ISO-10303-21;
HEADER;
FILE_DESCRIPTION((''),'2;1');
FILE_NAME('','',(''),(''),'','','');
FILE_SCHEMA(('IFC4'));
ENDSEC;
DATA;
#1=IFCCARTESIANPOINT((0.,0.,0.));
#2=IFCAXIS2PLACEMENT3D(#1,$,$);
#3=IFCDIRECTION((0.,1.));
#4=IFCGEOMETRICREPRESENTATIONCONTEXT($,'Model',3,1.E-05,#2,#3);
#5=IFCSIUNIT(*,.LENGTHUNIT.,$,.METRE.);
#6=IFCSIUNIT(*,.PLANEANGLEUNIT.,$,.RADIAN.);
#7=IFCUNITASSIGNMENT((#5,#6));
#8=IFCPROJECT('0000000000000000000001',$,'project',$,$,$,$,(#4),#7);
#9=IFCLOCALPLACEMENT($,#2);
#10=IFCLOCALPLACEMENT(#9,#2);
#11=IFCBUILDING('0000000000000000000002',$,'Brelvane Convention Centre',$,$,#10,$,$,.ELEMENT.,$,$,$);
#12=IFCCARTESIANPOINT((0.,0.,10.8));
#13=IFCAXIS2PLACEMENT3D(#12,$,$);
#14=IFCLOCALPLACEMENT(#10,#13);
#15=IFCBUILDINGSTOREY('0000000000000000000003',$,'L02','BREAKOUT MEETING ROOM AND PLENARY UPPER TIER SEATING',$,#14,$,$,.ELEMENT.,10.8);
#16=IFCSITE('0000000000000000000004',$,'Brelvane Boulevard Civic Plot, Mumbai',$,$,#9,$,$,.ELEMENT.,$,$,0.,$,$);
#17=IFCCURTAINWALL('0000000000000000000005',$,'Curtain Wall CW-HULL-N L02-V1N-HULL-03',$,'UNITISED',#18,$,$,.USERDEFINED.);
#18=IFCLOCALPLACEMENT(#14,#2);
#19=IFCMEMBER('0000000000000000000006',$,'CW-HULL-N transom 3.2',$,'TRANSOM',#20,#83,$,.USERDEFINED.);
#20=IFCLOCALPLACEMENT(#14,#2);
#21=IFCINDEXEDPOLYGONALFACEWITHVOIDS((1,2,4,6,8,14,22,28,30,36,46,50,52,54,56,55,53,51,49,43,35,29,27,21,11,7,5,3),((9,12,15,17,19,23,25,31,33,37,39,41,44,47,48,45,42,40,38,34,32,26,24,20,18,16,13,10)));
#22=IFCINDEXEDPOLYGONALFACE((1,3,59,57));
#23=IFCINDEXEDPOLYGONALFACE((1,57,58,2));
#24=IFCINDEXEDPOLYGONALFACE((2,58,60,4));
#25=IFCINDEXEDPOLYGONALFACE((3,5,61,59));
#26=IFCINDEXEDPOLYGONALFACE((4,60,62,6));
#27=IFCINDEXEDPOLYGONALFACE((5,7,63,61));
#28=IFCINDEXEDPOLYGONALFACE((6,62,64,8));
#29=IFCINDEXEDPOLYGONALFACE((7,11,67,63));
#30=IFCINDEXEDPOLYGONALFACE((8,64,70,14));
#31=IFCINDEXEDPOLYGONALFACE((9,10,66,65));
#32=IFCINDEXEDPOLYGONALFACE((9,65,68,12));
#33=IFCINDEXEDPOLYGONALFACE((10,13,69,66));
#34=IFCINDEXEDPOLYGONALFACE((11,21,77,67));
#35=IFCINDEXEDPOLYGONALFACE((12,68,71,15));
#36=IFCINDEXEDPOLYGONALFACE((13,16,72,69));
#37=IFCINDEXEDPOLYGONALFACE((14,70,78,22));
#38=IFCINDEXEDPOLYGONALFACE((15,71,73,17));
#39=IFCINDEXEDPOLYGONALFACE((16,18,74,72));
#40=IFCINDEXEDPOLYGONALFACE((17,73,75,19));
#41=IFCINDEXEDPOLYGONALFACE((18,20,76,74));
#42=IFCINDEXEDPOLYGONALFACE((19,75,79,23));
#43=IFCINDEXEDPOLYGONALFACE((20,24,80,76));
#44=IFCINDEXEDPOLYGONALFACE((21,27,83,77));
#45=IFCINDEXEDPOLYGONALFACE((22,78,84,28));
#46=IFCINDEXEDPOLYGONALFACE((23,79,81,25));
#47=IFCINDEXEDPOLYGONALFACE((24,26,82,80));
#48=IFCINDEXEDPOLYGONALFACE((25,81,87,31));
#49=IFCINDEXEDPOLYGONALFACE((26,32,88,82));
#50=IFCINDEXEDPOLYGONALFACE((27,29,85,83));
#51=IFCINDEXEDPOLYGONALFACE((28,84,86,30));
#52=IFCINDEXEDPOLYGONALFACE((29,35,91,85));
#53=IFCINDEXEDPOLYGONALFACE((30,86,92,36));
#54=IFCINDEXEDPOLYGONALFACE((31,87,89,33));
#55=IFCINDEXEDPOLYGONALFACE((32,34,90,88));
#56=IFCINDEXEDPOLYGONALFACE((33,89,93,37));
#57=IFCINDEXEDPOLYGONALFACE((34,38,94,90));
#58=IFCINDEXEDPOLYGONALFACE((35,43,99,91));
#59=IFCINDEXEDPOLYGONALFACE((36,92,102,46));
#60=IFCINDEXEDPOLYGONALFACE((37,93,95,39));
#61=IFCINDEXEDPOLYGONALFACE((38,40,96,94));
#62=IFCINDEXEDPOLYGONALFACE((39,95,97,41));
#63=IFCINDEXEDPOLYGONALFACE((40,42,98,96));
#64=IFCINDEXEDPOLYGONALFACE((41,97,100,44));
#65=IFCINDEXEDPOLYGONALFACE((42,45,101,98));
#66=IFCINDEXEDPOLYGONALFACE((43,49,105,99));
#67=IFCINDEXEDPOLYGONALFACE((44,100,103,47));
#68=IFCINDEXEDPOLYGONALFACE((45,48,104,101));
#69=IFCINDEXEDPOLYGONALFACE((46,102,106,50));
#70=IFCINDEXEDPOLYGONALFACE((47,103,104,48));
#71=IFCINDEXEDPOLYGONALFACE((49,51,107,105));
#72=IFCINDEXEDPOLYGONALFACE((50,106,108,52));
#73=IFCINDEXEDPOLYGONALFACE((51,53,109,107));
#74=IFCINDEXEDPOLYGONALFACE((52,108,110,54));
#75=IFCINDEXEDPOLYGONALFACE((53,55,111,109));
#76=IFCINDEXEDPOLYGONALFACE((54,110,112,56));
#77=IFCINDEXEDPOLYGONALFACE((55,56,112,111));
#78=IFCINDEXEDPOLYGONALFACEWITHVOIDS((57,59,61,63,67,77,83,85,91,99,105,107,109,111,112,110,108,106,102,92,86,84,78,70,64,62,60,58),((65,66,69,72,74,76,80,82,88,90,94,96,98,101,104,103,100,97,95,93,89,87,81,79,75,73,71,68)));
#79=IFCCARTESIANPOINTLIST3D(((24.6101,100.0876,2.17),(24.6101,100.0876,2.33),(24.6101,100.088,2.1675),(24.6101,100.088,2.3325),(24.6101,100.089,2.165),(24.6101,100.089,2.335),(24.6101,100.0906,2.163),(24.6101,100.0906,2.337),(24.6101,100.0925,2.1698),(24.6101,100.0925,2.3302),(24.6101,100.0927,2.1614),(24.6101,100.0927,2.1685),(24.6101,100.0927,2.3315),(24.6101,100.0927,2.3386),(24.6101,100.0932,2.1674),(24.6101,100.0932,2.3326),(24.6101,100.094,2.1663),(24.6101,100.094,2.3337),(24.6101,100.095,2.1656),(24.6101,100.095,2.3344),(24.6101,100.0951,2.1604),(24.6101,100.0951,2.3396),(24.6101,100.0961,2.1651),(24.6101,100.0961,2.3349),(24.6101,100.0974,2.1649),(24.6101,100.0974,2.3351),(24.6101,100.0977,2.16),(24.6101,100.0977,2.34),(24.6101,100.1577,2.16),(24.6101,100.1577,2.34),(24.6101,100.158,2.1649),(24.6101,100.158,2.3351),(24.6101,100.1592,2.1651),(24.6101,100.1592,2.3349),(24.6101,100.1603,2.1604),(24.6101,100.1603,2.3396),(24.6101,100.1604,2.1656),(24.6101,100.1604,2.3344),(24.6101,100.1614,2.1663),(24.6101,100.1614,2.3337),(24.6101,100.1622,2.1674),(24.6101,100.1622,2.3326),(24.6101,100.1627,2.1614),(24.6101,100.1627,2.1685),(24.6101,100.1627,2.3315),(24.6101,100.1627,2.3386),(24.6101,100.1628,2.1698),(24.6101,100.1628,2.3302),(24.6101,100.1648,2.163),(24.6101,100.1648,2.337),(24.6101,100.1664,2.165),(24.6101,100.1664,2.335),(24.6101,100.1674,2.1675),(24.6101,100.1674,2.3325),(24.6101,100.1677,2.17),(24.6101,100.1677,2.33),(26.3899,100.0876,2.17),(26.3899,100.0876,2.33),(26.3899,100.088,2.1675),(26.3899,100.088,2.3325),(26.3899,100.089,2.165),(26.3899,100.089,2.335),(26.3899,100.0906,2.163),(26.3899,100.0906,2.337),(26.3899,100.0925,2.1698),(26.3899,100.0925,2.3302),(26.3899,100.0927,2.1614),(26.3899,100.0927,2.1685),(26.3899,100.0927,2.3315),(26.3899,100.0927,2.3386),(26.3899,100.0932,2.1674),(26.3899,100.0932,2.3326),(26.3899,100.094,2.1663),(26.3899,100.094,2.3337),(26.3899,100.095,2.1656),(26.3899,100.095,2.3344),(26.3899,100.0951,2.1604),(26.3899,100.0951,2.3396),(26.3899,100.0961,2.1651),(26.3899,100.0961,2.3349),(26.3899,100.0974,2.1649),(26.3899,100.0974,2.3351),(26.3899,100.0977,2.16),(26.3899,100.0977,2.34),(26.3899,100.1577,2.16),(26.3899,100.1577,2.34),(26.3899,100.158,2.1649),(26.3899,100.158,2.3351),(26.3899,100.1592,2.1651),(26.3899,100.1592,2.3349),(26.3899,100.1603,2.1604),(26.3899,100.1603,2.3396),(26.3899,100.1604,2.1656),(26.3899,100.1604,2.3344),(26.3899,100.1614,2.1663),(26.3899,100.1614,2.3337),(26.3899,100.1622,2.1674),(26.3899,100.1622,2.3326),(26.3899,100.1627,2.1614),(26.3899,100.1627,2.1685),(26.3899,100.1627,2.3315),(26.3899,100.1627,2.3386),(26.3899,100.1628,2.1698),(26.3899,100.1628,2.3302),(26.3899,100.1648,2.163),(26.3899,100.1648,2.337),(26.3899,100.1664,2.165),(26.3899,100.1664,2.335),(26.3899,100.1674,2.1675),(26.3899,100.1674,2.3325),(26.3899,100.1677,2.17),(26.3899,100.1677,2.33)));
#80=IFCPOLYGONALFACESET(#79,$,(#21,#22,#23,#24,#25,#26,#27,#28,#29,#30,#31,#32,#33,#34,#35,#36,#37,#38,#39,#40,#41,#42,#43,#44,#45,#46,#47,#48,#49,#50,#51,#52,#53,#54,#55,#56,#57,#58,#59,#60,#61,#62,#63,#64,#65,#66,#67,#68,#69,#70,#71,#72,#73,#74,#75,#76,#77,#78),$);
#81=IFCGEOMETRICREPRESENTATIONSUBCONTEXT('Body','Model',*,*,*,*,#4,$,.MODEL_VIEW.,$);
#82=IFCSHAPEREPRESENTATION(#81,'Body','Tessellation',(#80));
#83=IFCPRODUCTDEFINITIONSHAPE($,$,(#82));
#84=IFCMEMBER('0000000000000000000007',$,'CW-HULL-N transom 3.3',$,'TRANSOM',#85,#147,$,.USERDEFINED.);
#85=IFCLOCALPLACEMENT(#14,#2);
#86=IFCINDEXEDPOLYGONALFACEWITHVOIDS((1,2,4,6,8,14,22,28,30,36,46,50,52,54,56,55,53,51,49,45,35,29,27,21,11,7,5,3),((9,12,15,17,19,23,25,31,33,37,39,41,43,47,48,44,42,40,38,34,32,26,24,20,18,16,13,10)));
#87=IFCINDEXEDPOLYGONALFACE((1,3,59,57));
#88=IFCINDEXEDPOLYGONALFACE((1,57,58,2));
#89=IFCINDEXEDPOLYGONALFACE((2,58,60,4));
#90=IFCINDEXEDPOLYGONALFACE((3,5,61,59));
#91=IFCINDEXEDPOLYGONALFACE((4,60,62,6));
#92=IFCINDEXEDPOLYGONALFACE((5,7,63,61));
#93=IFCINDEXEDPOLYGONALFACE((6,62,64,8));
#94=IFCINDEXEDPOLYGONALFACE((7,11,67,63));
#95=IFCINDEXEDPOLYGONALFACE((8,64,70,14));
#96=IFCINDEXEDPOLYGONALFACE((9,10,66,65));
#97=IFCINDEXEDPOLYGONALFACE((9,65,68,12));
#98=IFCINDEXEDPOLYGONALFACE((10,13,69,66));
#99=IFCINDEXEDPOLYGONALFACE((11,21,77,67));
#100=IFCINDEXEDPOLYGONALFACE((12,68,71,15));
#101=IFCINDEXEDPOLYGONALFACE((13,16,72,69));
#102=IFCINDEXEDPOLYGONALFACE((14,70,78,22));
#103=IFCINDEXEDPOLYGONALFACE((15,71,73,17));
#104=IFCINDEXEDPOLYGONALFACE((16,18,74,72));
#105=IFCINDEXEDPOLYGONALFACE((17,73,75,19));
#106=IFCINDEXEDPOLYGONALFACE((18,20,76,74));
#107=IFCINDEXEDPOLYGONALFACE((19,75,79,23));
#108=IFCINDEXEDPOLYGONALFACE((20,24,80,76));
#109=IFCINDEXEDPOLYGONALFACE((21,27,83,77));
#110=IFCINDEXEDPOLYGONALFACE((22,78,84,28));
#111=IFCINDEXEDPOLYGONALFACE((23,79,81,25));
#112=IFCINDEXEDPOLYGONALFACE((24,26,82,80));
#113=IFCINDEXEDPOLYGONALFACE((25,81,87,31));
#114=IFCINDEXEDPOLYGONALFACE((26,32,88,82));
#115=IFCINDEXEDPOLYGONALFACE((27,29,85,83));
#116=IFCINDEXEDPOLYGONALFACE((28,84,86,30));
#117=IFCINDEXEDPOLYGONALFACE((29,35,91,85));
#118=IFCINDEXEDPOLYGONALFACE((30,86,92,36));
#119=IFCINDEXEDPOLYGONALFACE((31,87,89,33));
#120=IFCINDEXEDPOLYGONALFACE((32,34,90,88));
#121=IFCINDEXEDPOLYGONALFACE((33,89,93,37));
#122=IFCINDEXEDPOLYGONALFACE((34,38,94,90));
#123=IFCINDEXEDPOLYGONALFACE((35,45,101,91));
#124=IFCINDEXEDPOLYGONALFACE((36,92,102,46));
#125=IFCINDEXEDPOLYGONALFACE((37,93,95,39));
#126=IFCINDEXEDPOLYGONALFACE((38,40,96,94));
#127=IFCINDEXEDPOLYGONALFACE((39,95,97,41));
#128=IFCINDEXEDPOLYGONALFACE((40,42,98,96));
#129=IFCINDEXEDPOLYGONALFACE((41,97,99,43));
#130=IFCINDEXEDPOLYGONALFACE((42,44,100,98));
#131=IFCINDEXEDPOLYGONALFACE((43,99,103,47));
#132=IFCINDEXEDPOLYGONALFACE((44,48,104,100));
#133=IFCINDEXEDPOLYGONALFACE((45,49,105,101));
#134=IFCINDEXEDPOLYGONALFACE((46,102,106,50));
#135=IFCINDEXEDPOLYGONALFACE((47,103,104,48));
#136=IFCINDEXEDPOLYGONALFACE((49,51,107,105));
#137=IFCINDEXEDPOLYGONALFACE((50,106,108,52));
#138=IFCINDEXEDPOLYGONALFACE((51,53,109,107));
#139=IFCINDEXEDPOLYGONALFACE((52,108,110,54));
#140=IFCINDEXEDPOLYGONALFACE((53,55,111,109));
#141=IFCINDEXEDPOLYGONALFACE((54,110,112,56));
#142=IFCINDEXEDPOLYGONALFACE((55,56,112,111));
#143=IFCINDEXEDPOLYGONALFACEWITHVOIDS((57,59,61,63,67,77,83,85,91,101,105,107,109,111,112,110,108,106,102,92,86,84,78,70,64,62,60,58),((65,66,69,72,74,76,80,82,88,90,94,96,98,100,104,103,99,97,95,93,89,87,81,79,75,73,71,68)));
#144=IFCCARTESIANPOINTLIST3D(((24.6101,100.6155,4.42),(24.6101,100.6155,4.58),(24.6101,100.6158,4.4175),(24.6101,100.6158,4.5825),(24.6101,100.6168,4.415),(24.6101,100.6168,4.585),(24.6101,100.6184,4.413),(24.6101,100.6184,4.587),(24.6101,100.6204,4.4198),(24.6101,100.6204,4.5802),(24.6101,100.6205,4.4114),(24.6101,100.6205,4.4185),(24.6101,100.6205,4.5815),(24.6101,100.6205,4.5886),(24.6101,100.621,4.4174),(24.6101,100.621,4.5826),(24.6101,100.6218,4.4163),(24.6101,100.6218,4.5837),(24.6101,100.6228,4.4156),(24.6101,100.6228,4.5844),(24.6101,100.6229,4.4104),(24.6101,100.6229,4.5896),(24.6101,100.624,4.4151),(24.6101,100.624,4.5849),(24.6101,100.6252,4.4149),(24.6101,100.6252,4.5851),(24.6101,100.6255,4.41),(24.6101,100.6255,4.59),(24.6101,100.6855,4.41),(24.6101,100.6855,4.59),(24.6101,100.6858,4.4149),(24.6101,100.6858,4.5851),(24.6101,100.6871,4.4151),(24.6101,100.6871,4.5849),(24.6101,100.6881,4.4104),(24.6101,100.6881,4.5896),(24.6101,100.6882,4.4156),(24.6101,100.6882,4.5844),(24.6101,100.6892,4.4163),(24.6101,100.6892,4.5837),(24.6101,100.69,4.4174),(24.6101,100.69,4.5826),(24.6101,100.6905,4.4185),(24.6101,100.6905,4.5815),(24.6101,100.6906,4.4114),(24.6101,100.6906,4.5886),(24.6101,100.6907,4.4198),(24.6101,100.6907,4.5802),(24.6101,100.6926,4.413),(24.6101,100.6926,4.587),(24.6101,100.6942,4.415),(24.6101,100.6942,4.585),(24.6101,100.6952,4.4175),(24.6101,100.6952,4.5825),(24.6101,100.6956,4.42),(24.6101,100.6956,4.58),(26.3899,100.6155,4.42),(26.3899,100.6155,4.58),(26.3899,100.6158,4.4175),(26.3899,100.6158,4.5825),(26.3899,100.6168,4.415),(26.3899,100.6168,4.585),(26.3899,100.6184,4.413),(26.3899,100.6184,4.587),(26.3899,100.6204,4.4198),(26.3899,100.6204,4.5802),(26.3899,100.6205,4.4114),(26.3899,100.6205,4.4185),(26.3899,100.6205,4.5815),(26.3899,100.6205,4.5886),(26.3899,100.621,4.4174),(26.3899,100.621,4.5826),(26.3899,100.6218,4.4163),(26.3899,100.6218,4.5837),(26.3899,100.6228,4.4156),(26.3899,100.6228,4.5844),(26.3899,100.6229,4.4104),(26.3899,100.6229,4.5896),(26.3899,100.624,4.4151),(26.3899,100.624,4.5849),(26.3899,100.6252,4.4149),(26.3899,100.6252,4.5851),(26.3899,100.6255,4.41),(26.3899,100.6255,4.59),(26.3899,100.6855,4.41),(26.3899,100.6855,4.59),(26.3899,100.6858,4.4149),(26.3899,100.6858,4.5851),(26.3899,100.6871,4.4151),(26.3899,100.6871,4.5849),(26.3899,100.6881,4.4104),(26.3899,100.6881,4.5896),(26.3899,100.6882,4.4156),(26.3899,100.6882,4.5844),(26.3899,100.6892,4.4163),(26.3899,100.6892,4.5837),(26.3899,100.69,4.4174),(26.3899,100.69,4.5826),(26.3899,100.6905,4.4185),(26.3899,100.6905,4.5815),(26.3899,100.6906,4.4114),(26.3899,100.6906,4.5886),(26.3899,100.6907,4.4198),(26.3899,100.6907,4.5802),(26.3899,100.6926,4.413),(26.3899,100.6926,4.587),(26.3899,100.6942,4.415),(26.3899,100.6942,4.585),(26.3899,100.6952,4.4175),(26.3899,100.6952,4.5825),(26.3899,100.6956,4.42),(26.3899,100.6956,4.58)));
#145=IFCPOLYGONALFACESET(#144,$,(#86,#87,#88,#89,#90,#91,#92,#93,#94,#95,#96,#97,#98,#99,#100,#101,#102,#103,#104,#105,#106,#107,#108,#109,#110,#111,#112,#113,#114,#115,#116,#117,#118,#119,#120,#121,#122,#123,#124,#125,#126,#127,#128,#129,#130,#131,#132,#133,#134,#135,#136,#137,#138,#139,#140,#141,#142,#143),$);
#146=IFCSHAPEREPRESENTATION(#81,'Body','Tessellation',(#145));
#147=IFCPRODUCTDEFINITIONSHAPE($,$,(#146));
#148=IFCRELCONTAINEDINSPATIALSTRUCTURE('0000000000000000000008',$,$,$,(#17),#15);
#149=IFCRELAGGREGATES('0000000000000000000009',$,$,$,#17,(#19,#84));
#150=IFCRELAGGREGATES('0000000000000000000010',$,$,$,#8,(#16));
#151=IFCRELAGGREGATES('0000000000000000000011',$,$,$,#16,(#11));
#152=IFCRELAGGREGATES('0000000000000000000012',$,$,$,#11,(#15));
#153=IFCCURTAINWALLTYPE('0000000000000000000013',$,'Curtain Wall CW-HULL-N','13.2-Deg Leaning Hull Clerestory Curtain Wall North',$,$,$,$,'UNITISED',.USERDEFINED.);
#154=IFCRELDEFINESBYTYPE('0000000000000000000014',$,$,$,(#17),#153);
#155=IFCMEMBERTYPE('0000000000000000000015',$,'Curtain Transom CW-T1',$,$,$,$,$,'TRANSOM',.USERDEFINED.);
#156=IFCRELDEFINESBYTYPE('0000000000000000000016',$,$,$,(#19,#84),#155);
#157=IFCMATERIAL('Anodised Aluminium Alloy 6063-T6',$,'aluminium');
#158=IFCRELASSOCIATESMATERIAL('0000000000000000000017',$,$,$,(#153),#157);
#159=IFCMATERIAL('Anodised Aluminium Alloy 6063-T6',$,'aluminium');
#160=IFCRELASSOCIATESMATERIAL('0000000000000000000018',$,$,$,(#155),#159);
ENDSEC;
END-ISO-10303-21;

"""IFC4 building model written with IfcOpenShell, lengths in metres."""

from ifc_helpers import new_model, si_unit, direction, frame, origin, origin_2d, place, context, subcontext, project, spatial, hollow_rectangle, extrude, material, material_profile, profile_set, type_object, element, aggregate, save


model = new_model("IFC4")

# Units and contexts
model_context = context("Model", 3, precision=1e-05, world=origin(), true_north=direction((0.0, 1.0)))
body_context = subcontext(model_context, "Body", "Model", "MODEL_VIEW")
ifc_project = project(units=[si_unit("LENGTHUNIT", "METRE"), si_unit("PLANEANGLEUNIT", "RADIAN")], contexts=[model_context])

# Site, building, storey
site_placement = place(None, origin())
site = spatial("IfcSite", under=ifc_project, at=site_placement, Name="Brelvane Boulevard Civic Plot, Mumbai", CompositionType="ELEMENT", RefElevation=0.0)
building_placement = place(site_placement, origin())
building = spatial("IfcBuilding", under=site, at=building_placement, Name="Brelvane Convention Centre", CompositionType="ELEMENT")
storey_placement = place(building_placement, frame((0.0, 0.0, 10.8)))
storey = spatial("IfcBuildingStorey", under=building, at=storey_placement, Name="L02", Description="BREAKOUT MEETING ROOM AND PLENARY UPPER TIER SEATING", CompositionType="ELEMENT", Elevation=10.8)

# Curtain wall
ifc_material_1 = material(Name="Anodised Aluminium Alloy 6063-T6", Category="aluminium")
curtain_wall_type_1 = type_object("IfcCurtainWallType", Name="Curtain Wall CW-HULL-N", Description="13.2-Deg Leaning Hull Clerestory Curtain Wall North", ElementType="UNITISED", PredefinedType="USERDEFINED", material=ifc_material_1)
curtain_wall_1_placement = place(storey_placement, origin())
curtain_wall_1 = element("IfcCurtainWall", 1, at=curtain_wall_1_placement, inside=storey, type_object=curtain_wall_type_1, Name="Curtain Wall CW-HULL-N L02-V1N-HULL-03", ObjectType="UNITISED", PredefinedType="USERDEFINED")

# Members
ifc_material_2 = material(Name="Anodised Aluminium Alloy 6063-T6", Category="aluminium")
ifc_material_profile_1 = material_profile(ifc_material_2, hollow_rectangle(XDim=0.0801, YDim=0.1799, WallThickness=0.0049, InnerFilletRadius=0.0049, OuterFilletRadius=0.01, at=origin_2d()), Name="ALU-T 180x80x5.0")
ifc_profile_set_1 = profile_set([ifc_material_profile_1], Name="Anodised Aluminium Alloy 6063-T6")
member_type_1 = type_object("IfcMemberType", Name="Curtain Transom CW-T1", ElementType="TRANSOM", PredefinedType="USERDEFINED", material=ifc_profile_set_1)
member_1_placement = place(storey_placement, frame((24.6101, 100.1277, 2.25), z_axis=(1.0, 0.0, 0.0), x_axis=(0.0, 1.0, 0.0)))
member_1 = element("IfcMember", 2, at=member_1_placement, type_object=member_type_1, Name="CW-HULL-N transom 3.2", ObjectType="TRANSOM", PredefinedType="USERDEFINED", context=body_context, shape_type="SweptSolid", body=[
    extrude(hollow_rectangle(XDim=0.0801, YDim=0.1799, WallThickness=0.0049, InnerFilletRadius=0.0049, OuterFilletRadius=0.01, at=origin_2d()), origin(), (0.0, 0.0, 1.0), 1.7798),
])
member_2_placement = place(storey_placement, frame((24.6101, 100.6555, 4.5), z_axis=(1.0, 0.0, 0.0), x_axis=(0.0, 1.0, 0.0)))
member_2 = element("IfcMember", 3, at=member_2_placement, type_object=member_type_1, Name="CW-HULL-N transom 3.3", ObjectType="TRANSOM", PredefinedType="USERDEFINED", context=body_context, shape_type="SweptSolid", body=[
    extrude(hollow_rectangle(XDim=0.0801, YDim=0.1799, WallThickness=0.0049, InnerFilletRadius=0.0049, OuterFilletRadius=0.01, at=origin_2d()), origin(), (0.0, 0.0, 1.0), 1.7798),
])

aggregate(curtain_wall_1, [member_1, member_2])

save(model, "model.ifc")
